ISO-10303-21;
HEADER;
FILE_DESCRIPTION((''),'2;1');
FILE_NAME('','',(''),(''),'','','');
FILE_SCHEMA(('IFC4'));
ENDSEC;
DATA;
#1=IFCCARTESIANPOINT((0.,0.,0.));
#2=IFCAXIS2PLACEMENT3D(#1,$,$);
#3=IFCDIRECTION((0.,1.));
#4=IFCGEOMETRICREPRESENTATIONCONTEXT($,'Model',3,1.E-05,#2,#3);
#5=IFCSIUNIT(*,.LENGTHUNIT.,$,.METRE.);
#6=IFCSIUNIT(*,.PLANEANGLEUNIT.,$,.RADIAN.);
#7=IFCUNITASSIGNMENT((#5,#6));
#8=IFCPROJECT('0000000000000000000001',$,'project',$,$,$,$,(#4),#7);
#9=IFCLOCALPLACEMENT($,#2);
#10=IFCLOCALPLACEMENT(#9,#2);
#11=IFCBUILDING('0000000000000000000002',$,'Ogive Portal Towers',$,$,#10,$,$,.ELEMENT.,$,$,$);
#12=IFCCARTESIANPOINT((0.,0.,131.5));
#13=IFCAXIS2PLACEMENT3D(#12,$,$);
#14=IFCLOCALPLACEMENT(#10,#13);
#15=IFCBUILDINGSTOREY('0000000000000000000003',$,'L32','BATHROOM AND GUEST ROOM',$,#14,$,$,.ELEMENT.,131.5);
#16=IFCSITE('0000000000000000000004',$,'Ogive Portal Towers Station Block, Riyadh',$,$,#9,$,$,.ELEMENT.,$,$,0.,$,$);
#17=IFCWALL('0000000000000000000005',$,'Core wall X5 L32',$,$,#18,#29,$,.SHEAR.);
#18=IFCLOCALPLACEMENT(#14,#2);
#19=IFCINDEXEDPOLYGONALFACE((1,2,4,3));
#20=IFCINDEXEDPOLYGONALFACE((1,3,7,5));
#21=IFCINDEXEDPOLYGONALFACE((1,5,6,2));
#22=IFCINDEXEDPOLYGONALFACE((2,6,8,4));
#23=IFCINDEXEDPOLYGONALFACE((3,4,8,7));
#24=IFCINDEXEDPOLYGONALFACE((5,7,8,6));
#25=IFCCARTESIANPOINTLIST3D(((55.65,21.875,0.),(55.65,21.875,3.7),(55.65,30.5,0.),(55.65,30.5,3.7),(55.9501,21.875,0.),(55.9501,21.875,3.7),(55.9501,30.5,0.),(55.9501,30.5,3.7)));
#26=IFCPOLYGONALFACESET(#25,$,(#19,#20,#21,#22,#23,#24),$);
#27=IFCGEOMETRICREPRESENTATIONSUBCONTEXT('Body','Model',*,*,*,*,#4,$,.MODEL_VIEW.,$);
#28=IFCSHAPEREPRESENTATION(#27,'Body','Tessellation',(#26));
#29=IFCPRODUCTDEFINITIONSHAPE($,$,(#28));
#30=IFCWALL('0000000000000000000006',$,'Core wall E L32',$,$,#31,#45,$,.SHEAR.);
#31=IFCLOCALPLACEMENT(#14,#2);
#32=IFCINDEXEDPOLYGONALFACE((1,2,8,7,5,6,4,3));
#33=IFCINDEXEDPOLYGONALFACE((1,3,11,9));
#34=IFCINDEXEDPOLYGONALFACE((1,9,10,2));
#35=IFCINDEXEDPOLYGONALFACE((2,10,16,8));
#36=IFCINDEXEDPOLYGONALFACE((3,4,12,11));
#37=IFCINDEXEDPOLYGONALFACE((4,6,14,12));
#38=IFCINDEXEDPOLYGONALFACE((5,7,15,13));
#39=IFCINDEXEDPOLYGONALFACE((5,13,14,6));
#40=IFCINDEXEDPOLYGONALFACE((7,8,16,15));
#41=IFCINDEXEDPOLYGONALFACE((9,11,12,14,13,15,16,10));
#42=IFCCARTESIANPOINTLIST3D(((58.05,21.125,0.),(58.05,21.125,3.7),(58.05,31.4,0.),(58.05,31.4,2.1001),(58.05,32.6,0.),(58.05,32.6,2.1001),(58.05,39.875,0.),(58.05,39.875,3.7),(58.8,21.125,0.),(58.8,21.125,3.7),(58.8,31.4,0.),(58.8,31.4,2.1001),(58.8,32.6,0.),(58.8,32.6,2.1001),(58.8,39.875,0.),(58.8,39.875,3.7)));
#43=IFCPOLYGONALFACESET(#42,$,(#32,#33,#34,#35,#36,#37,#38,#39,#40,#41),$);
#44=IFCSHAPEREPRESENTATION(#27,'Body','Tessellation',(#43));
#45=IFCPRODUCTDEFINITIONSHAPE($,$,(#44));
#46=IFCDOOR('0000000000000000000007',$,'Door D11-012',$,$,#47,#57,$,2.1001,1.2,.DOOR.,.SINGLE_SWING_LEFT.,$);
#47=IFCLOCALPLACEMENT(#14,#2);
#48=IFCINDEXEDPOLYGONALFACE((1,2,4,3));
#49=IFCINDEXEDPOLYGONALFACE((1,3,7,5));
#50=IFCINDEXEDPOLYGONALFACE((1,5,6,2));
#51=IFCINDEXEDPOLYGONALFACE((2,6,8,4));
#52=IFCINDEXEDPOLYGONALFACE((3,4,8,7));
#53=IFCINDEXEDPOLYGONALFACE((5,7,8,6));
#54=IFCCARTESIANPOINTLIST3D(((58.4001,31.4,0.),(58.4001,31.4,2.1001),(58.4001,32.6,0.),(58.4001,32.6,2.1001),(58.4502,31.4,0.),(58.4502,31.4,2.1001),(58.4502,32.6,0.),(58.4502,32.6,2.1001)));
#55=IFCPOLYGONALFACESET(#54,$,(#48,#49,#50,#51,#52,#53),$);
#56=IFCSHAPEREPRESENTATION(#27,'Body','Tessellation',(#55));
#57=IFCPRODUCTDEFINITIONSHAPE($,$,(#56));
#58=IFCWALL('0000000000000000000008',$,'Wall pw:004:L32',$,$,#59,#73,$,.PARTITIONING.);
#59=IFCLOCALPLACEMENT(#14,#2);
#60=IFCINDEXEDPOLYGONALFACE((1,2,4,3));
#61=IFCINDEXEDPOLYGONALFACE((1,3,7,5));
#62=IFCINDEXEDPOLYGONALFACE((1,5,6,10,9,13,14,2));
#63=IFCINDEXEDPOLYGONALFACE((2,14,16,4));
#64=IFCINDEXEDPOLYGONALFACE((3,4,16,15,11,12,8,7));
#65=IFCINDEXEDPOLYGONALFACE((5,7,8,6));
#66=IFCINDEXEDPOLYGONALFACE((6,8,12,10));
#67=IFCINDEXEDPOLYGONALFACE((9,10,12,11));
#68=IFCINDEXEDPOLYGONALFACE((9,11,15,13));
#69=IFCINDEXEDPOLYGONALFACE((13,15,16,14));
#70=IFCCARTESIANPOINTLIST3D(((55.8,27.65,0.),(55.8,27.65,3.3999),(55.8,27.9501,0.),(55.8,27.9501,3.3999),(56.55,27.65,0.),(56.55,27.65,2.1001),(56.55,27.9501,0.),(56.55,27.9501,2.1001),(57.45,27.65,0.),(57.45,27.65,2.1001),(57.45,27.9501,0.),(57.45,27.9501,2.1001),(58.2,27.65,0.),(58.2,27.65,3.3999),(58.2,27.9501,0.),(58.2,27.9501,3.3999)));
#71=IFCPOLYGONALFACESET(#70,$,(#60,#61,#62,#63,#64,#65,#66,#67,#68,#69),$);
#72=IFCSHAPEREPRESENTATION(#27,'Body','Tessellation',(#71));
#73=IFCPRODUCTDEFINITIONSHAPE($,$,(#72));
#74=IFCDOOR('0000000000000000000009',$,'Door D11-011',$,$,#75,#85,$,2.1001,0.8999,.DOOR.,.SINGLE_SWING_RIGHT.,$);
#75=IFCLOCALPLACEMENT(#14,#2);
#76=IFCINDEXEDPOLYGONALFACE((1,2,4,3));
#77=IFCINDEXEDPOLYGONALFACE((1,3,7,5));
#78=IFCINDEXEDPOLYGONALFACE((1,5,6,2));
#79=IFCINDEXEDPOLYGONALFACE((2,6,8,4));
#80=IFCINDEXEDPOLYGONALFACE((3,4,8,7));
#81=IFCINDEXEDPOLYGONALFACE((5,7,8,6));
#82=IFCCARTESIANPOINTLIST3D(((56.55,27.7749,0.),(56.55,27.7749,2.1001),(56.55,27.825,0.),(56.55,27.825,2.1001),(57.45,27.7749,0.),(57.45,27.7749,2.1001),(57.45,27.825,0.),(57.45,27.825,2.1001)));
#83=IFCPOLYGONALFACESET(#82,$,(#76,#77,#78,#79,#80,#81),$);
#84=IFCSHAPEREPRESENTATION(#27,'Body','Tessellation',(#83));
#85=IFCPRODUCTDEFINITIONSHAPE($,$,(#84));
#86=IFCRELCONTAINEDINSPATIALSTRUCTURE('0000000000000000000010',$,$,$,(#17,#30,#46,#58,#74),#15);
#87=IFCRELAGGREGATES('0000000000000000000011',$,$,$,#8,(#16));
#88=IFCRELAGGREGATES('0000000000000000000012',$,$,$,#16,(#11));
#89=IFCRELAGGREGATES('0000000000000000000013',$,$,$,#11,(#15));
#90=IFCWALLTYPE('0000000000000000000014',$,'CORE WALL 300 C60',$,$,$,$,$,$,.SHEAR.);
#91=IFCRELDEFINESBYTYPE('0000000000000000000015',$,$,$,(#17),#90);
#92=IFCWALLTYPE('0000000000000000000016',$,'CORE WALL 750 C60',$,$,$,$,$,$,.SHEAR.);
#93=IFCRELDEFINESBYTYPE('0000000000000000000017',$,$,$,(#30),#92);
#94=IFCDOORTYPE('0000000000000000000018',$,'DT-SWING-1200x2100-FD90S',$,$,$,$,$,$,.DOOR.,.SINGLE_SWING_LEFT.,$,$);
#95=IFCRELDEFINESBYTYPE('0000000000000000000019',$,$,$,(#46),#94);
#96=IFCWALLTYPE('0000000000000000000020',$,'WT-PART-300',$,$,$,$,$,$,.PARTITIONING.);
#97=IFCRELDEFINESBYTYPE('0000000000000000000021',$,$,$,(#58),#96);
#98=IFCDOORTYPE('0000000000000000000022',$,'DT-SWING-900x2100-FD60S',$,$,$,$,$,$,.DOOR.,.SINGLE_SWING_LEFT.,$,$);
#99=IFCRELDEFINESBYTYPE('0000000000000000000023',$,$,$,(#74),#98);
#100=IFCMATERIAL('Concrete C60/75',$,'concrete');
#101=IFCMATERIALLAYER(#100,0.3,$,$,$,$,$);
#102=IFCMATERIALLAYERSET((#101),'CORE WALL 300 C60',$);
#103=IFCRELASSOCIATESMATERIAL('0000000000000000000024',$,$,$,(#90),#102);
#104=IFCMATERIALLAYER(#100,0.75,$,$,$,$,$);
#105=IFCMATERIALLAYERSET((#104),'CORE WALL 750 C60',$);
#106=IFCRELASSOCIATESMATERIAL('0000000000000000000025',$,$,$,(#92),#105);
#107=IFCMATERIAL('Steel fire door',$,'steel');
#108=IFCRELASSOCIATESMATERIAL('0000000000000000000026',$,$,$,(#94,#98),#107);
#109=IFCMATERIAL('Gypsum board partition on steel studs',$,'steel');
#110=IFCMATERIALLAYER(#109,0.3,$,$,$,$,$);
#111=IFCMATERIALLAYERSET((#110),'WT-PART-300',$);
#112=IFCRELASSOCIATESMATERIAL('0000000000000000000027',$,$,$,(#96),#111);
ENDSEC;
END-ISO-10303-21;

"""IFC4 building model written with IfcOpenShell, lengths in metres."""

from ifc_helpers import new_model, si_unit, direction, frame, frame_2d, origin, place, context, subcontext, project, spatial, rectangle, extrude, material, layer, layer_set, type_object, element, fill, save


model = new_model("IFC4")

# Units and contexts
model_context = context("Model", 3, precision=1e-05, world=origin(), true_north=direction((0.0, 1.0)))
body_context = subcontext(model_context, "Body", "Model", "MODEL_VIEW")
ifc_project = project(units=[si_unit("LENGTHUNIT", "METRE"), si_unit("PLANEANGLEUNIT", "RADIAN")], contexts=[model_context])

# Site, building, storey
site_placement = place(None, origin())
site = spatial("IfcSite", under=ifc_project, at=site_placement, Name="Ogive Portal Towers Station Block, Riyadh", CompositionType="ELEMENT", RefElevation=0.0)
building_placement = place(site_placement, origin())
building = spatial("IfcBuilding", under=site, at=building_placement, Name="Ogive Portal Towers", CompositionType="ELEMENT")
storey_placement = place(building_placement, frame((0.0, 0.0, 131.5)))
storey = spatial("IfcBuildingStorey", under=building, at=storey_placement, Name="L32", Description="BATHROOM AND GUEST ROOM", CompositionType="ELEMENT", Elevation=131.5)

# Wall
ifc_material_1 = material(Name="Concrete C60/75", Category="concrete")
ifc_layer_1 = layer(ifc_material_1, 0.3)
ifc_layer_set_1 = layer_set([ifc_layer_1], Name="CORE WALL 300 C60")
wall_type_1 = type_object("IfcWallType", Name="CORE WALL 300 C60", PredefinedType="SHEAR", material=ifc_layer_set_1)
wall_1_placement = place(storey_placement, frame((55.8, 21.875, 0.0), z_axis=(0.0, 0.0, 1.0), x_axis=(0.0, 1.0, 0.0)))
element("IfcWall", 1, at=wall_1_placement, inside=storey, type_object=wall_type_1, Name="Core wall X5 L32", PredefinedType="SHEAR", context=body_context, shape_type="SweptSolid", body=[
    extrude(rectangle(XDim=8.625, YDim=0.3, at=frame_2d((4.3125, 0.0))), origin(), (0.0, 0.0, 1.0), 3.7),
])

# Walls, openings, doors
ifc_layer_2 = layer(ifc_material_1, 0.75)
ifc_layer_set_2 = layer_set([ifc_layer_2], Name="CORE WALL 750 C60")
wall_type_2 = type_object("IfcWallType", Name="CORE WALL 750 C60", PredefinedType="SHEAR", material=ifc_layer_set_2)
wall_2_placement = place(storey_placement, frame((58.425, 21.125, 0.0), z_axis=(0.0, 0.0, 1.0), x_axis=(0.0, 1.0, 0.0)))
wall_2 = element("IfcWall", 2, at=wall_2_placement, inside=storey, type_object=wall_type_2, Name="Core wall E L32", PredefinedType="SHEAR", context=body_context, shape_type="SweptSolid", body=[
    extrude(rectangle(XDim=18.75, YDim=0.75, at=frame_2d((9.375, 0.0))), origin(), (0.0, 0.0, 1.0), 3.7),
])
opening_1_placement = place(wall_2_placement, frame((10.2749, 0.0, 0.0)))
opening_1 = element("IfcOpeningElement", 3, at=opening_1_placement, cuts=wall_2, PredefinedType="OPENING", context=body_context, shape_type="SweptSolid", body=[
    extrude(rectangle(XDim=1.2, YDim=2.1001, at=frame_2d((0.6001, 1.05))), frame((0.0, 0.385, 0.0), z_axis=(0.0, -1.0, 0.0), x_axis=(1.0, 0.0, 0.0)), (0.0, 0.0, 1.0), 0.77),
])
ifc_material_2 = material(Name="Steel fire door", Category="steel")
door_type_1 = type_object("IfcDoorType", Name="DT-SWING-1200x2100-FD90S", OperationType="SINGLE_SWING_LEFT", PredefinedType="DOOR", material=ifc_material_2)
door_1_placement = place(opening_1_placement, origin())
door_1 = element("IfcDoor", 4, at=door_1_placement, inside=storey, type_object=door_type_1, Name="Door D11-012", OperationType="SINGLE_SWING_LEFT", OverallHeight=2.1001, OverallWidth=1.2, PredefinedType="DOOR", context=body_context, shape_type="SweptSolid", body=[
    extrude(rectangle(XDim=1.2, YDim=2.1001, at=frame_2d((0.6001, 1.05))), frame((0.0, 0.0249, 0.0), z_axis=(0.0, -1.0, 0.0), x_axis=(1.0, 0.0, 0.0)), (0.0, 0.0, 1.0), 0.05),
])
fill(opening_1, door_1)
ifc_material_3 = material(Name="Gypsum board partition on steel studs", Category="steel")
ifc_layer_3 = layer(ifc_material_3, 0.3)
ifc_layer_set_3 = layer_set([ifc_layer_3], Name="WT-PART-300")
wall_type_3 = type_object("IfcWallType", Name="WT-PART-300", PredefinedType="PARTITIONING", material=ifc_layer_set_3)
wall_3_placement = place(storey_placement, frame((55.8, 27.8, 0.0), z_axis=(0.0, 0.0, 1.0), x_axis=(1.0, 0.0, 0.0)))
wall_3 = element("IfcWall", 5, at=wall_3_placement, inside=storey, type_object=wall_type_3, Name="Wall pw:004:L32", PredefinedType="PARTITIONING", context=body_context, shape_type="SweptSolid", body=[
    extrude(rectangle(XDim=2.3999, YDim=0.3, at=frame_2d((1.2, 0.0))), origin(), (0.0, 0.0, 1.0), 3.3999),
])
opening_2_placement = place(wall_3_placement, frame((0.75, 0.0, 0.0)))
opening_2 = element("IfcOpeningElement", 6, at=opening_2_placement, cuts=wall_3, PredefinedType="OPENING", context=body_context, shape_type="SweptSolid", body=[
    extrude(rectangle(XDim=0.8999, YDim=2.1001, at=frame_2d((0.45, 1.05))), frame((0.0, 0.1602, 0.0), z_axis=(0.0, -1.0, 0.0), x_axis=(1.0, 0.0, 0.0)), (0.0, 0.0, 1.0), 0.3201),
])
door_type_2 = type_object("IfcDoorType", Name="DT-SWING-900x2100-FD60S", OperationType="SINGLE_SWING_LEFT", PredefinedType="DOOR", material=ifc_material_2)
door_2_placement = place(opening_2_placement, origin())
door_2 = element("IfcDoor", 7, at=door_2_placement, inside=storey, type_object=door_type_2, Name="Door D11-011", OperationType="SINGLE_SWING_RIGHT", OverallHeight=2.1001, OverallWidth=0.8999, PredefinedType="DOOR", context=body_context, shape_type="SweptSolid", body=[
    extrude(rectangle(XDim=0.8999, YDim=2.1001, at=frame_2d((0.45, 1.05))), frame((0.0, 0.0249, 0.0), z_axis=(0.0, -1.0, 0.0), x_axis=(1.0, 0.0, 0.0)), (0.0, 0.0, 1.0), 0.05),
])
fill(opening_2, door_2)

save(model, "model.ifc")
